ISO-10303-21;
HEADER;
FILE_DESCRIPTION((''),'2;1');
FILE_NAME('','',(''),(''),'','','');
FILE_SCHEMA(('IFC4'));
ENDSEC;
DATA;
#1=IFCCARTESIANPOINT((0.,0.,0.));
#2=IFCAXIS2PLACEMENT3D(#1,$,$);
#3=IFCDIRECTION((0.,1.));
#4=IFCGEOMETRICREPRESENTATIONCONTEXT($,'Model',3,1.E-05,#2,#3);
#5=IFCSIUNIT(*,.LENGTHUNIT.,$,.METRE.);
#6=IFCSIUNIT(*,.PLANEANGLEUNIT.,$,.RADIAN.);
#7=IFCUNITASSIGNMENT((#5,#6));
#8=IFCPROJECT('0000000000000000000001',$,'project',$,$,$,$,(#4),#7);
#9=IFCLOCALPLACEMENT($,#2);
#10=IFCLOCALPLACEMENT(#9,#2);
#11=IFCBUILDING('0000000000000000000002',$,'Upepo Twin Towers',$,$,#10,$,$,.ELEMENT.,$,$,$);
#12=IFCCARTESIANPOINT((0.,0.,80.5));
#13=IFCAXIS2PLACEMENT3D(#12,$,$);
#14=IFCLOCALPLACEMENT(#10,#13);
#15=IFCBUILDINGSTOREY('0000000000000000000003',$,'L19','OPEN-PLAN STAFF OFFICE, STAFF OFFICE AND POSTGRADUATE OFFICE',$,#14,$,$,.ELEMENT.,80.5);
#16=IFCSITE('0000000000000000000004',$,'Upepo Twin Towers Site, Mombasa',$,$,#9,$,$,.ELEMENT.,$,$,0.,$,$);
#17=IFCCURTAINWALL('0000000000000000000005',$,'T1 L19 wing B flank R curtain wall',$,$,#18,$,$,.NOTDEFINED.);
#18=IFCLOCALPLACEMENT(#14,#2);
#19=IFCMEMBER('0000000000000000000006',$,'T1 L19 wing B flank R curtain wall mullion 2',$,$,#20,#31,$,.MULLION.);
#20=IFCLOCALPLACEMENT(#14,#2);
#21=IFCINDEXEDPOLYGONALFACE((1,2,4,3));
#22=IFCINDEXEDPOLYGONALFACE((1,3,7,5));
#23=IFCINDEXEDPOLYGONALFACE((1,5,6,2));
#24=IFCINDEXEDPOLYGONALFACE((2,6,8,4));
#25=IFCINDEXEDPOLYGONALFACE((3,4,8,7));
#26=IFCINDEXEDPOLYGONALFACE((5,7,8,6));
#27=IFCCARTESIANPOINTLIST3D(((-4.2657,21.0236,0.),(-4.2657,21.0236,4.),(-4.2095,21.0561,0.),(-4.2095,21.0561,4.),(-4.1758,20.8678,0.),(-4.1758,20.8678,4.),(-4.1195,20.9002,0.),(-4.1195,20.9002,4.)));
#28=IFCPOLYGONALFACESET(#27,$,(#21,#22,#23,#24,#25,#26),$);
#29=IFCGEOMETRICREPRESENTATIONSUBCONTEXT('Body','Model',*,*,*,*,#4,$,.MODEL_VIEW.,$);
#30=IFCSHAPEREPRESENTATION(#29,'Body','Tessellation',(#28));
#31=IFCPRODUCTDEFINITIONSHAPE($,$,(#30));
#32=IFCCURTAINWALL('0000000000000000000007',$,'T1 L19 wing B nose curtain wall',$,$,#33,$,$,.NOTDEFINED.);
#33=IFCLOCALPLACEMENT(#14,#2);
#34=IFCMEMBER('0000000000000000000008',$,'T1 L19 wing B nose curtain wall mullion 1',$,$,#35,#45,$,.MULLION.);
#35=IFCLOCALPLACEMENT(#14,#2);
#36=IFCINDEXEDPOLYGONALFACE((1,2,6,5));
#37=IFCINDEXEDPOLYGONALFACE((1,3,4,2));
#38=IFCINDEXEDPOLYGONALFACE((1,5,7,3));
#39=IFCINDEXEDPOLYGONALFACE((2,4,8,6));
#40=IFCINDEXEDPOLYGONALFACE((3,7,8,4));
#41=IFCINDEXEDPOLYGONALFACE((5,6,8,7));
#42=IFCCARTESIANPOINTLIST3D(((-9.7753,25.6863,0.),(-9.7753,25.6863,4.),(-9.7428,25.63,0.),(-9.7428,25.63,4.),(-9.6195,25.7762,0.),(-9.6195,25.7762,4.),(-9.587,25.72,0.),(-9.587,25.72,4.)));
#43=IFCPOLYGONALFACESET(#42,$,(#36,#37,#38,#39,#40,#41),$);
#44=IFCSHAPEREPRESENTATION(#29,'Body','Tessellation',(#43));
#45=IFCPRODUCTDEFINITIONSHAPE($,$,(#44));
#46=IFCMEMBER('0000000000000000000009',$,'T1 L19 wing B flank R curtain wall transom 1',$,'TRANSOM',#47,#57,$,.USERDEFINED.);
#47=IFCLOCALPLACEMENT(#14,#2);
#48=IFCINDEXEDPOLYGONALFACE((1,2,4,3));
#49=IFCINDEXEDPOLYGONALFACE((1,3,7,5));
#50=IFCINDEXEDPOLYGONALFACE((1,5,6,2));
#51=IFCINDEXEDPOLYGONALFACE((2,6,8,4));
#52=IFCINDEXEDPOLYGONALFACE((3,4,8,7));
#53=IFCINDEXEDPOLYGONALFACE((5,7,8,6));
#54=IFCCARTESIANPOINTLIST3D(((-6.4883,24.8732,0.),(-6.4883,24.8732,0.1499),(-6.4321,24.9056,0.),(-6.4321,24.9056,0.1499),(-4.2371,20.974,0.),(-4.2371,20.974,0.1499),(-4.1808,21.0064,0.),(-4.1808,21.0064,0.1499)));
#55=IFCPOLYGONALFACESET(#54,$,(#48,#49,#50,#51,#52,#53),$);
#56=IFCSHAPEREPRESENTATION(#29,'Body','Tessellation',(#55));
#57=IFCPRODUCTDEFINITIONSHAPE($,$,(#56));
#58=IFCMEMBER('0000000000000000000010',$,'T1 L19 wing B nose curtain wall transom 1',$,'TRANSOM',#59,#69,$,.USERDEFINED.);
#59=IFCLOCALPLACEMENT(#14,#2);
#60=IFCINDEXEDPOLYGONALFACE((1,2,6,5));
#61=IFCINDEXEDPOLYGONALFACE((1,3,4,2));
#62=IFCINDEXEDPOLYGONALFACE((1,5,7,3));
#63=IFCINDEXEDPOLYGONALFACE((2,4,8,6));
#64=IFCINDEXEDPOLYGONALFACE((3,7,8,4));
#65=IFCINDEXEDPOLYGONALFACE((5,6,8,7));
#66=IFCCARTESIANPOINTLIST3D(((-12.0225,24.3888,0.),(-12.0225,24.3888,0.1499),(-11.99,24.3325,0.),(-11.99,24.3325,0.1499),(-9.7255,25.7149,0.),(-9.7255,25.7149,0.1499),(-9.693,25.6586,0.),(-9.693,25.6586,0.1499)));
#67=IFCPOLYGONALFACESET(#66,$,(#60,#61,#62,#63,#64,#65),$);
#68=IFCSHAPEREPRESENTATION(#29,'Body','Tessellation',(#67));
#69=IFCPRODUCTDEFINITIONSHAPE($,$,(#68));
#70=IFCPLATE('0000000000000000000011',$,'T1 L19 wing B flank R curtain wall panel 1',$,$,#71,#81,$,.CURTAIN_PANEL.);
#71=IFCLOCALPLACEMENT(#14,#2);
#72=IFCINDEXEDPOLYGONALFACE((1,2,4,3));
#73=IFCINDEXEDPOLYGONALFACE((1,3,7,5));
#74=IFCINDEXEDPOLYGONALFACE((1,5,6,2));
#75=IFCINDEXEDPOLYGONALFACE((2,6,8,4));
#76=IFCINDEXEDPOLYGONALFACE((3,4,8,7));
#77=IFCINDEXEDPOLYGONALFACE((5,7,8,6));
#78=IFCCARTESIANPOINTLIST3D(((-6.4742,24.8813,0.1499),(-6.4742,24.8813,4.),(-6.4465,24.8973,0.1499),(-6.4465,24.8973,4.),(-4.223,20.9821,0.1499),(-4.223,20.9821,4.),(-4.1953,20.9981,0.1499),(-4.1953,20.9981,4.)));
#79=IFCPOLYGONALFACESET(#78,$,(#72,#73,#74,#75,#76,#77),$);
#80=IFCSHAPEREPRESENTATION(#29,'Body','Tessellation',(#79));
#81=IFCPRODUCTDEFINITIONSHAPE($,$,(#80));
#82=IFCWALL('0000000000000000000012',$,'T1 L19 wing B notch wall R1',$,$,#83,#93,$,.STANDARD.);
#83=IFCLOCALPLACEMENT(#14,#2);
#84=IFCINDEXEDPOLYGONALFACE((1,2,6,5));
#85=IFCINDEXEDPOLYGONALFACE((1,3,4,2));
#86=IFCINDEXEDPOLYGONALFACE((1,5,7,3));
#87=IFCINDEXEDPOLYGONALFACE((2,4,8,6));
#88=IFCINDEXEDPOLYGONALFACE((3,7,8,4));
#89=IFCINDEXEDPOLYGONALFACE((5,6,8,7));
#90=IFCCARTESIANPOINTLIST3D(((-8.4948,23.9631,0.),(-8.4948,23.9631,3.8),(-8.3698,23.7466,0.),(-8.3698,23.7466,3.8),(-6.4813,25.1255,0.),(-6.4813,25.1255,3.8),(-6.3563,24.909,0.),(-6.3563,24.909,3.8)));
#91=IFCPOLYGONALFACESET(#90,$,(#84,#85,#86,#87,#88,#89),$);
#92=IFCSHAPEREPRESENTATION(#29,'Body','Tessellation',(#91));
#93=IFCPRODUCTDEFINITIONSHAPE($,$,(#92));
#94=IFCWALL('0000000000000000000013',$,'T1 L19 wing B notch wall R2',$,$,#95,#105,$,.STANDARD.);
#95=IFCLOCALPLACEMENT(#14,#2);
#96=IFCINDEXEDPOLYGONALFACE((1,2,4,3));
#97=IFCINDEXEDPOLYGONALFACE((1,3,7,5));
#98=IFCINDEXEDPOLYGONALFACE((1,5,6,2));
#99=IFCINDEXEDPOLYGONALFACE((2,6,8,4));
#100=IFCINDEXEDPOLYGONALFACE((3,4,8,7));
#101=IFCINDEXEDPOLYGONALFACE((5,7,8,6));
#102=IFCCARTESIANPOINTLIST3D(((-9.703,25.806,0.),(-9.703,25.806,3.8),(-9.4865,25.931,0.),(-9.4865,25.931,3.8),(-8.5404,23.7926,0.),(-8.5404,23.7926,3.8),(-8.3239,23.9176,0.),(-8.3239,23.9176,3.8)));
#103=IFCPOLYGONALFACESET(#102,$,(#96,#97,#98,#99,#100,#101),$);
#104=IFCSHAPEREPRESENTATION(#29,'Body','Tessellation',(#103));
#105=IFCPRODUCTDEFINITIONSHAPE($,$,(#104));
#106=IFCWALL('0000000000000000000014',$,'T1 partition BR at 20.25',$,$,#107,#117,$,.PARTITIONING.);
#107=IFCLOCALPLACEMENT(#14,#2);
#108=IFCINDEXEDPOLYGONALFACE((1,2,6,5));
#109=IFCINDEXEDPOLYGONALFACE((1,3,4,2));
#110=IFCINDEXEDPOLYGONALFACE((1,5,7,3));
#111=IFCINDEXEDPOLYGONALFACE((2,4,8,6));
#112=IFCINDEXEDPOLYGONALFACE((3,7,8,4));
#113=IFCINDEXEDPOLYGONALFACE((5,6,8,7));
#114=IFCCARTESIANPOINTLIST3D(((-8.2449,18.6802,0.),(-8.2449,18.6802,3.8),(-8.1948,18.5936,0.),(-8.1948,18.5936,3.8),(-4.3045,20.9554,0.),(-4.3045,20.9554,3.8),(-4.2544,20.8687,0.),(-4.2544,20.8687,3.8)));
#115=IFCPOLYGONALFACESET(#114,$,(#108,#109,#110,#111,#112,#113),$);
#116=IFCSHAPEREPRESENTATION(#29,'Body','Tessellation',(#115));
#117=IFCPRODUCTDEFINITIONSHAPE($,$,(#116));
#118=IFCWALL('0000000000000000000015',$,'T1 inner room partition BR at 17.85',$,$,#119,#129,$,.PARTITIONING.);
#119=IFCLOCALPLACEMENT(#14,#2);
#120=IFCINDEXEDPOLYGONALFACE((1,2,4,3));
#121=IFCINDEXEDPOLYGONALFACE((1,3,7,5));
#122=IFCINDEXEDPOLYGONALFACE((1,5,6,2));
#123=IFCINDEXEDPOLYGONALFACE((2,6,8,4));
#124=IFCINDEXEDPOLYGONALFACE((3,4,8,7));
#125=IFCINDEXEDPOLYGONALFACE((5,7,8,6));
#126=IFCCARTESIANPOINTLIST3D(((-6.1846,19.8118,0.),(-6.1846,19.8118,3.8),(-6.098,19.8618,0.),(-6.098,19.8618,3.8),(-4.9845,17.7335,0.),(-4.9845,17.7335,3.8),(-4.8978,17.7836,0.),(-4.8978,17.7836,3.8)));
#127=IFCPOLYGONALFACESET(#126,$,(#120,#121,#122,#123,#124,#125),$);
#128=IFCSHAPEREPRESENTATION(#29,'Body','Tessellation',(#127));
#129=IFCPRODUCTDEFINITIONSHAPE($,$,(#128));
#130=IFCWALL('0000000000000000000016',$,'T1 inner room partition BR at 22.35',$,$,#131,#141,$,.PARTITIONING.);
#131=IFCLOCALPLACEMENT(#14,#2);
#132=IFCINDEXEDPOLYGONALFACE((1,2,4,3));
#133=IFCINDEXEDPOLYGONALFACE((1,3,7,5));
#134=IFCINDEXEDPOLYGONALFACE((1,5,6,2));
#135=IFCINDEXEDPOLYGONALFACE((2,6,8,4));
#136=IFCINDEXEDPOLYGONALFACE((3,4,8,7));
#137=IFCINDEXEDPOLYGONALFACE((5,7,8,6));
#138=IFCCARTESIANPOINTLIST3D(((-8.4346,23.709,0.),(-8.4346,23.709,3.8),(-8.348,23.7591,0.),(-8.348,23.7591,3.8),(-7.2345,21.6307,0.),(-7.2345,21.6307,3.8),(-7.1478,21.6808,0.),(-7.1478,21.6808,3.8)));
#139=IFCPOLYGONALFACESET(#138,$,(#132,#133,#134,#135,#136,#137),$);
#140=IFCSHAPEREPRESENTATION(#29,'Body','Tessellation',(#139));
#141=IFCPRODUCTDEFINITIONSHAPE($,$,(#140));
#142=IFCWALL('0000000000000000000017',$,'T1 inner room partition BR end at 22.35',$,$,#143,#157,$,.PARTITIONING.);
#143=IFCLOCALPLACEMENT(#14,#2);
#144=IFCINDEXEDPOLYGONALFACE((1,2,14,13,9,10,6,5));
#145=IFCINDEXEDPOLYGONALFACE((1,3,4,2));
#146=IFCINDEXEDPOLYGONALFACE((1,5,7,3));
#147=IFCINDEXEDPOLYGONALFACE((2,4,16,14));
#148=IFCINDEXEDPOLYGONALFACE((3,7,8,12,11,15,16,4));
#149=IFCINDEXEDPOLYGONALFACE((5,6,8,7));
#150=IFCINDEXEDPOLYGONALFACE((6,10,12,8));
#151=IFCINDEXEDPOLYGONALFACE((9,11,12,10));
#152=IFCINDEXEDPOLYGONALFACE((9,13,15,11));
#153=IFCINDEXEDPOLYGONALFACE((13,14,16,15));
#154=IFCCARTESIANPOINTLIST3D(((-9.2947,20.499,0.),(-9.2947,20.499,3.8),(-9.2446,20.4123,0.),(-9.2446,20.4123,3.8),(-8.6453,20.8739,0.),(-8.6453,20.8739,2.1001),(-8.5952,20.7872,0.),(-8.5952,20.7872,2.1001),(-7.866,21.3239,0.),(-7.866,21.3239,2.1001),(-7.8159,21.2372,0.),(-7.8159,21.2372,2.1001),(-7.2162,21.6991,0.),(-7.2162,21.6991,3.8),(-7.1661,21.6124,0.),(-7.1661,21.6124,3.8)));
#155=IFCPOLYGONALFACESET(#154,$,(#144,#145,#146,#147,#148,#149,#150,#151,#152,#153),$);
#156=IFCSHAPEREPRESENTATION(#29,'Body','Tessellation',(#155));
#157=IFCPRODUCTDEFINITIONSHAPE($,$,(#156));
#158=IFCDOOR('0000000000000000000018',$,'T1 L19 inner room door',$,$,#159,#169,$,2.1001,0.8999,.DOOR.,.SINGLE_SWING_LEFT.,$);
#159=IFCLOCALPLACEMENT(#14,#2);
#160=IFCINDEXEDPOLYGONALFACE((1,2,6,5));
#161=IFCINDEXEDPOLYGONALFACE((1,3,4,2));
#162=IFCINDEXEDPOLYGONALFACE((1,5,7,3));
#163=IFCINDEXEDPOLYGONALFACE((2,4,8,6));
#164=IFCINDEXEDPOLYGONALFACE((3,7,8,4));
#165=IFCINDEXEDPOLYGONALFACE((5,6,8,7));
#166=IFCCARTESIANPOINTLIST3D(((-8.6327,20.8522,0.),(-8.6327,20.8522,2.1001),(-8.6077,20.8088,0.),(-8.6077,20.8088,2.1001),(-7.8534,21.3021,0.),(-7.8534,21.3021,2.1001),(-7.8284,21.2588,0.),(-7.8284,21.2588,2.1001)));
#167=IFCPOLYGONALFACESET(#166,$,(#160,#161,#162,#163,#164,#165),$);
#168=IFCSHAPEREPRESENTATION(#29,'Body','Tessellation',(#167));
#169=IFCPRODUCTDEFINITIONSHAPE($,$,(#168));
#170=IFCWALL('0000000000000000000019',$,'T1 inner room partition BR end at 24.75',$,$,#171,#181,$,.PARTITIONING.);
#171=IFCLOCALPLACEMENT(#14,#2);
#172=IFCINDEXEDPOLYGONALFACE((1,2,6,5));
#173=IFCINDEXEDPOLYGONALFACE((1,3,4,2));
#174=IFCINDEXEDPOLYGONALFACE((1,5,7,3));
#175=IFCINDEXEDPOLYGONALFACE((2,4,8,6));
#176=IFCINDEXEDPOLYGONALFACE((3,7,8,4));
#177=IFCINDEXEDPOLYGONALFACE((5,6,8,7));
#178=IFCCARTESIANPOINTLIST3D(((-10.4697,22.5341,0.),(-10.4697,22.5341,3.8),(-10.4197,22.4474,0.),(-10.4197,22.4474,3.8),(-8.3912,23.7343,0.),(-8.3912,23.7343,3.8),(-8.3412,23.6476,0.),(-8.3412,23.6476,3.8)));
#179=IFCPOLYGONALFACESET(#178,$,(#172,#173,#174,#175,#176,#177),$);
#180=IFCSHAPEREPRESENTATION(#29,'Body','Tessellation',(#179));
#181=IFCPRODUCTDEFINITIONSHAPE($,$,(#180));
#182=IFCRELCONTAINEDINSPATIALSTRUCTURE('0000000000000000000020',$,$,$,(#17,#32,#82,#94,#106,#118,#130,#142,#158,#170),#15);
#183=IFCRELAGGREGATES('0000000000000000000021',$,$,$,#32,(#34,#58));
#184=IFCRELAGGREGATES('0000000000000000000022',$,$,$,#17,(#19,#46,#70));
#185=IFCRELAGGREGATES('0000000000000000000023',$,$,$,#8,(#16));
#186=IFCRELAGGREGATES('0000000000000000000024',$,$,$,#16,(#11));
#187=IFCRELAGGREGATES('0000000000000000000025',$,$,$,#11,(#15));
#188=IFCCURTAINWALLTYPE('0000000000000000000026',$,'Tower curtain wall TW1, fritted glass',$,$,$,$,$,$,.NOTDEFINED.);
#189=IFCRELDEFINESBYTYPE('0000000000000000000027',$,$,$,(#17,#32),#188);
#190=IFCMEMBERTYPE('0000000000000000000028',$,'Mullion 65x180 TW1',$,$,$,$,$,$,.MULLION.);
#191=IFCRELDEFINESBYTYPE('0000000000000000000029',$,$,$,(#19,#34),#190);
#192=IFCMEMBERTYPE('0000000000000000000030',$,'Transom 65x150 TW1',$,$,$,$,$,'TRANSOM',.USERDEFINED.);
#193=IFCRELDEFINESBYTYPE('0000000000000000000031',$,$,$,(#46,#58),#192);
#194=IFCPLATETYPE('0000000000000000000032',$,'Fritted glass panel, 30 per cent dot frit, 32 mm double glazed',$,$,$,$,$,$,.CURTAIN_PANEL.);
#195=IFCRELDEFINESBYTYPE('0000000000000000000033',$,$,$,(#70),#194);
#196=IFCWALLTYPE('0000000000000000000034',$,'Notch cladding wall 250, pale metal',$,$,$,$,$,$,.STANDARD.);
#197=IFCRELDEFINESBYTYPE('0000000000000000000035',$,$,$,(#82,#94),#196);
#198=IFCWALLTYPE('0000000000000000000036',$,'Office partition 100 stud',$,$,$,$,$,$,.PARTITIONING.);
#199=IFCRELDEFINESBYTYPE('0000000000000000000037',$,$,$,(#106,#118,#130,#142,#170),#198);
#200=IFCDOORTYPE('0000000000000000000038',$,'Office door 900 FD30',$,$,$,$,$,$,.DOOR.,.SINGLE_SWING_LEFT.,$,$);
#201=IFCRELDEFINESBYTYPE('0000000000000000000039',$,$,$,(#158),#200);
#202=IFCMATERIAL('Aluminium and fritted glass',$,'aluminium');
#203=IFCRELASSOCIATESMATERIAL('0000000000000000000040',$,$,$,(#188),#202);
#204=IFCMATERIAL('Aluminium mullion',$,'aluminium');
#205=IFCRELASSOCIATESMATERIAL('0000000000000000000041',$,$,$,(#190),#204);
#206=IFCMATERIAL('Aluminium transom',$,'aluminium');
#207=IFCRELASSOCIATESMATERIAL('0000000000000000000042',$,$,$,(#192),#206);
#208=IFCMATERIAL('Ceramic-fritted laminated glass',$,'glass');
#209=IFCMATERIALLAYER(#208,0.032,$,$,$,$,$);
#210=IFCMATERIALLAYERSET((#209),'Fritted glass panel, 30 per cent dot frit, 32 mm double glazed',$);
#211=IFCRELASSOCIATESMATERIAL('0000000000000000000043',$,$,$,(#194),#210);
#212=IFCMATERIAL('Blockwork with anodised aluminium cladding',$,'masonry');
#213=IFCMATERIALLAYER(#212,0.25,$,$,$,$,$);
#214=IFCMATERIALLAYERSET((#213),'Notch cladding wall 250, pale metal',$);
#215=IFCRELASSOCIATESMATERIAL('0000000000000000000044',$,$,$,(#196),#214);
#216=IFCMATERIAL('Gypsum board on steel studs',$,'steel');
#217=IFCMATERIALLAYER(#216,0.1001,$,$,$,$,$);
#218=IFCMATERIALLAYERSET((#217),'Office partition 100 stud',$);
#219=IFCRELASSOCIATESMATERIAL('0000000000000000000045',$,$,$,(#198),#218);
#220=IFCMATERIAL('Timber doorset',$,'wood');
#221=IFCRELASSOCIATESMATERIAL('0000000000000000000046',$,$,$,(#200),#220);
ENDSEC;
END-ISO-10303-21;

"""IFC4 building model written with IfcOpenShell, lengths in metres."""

from ifc_helpers import new_model, si_unit, direction, frame, frame_2d, origin, origin_2d, place, context, subcontext, project, spatial, rectangle, extrude, material, layer, layer_set, material_profile, profile_set, type_object, element, fill, aggregate, save


model = new_model("IFC4")

# Units and contexts
model_context = context("Model", 3, precision=1e-05, world=origin(), true_north=direction((0.0, 1.0)))
body_context = subcontext(model_context, "Body", "Model", "MODEL_VIEW")
ifc_project = project(units=[si_unit("LENGTHUNIT", "METRE"), si_unit("PLANEANGLEUNIT", "RADIAN")], contexts=[model_context])

# Site, building, storey
site_placement = place(None, origin())
site = spatial("IfcSite", under=ifc_project, at=site_placement, Name="Upepo Twin Towers Site, Mombasa", CompositionType="ELEMENT", RefElevation=0.0)
building_placement = place(site_placement, origin())
building = spatial("IfcBuilding", under=site, at=building_placement, Name="Upepo Twin Towers", CompositionType="ELEMENT")
storey_placement = place(building_placement, frame((0.0, 0.0, 80.5)))
storey = spatial("IfcBuildingStorey", under=building, at=storey_placement, Name="L19", Description="OPEN-PLAN STAFF OFFICE, STAFF OFFICE AND POSTGRADUATE OFFICE", CompositionType="ELEMENT", Elevation=80.5)

# Curtain wall, member
ifc_material_1 = material(Name="Aluminium and fritted glass", Category="aluminium")
curtain_wall_type = type_object("IfcCurtainWallType", Name="Tower curtain wall TW1, fritted glass", PredefinedType="NOTDEFINED", material=ifc_material_1)
curtain_wall_1_placement = place(storey_placement, origin())
curtain_wall_1 = element("IfcCurtainWall", 1, at=curtain_wall_1_placement, inside=storey, type_object=curtain_wall_type, Name="T1 L19 wing B flank R curtain wall", PredefinedType="NOTDEFINED")
ifc_material_2 = material(Name="Aluminium mullion", Category="aluminium")
ifc_material_profile_1 = material_profile(ifc_material_2, rectangle(XDim=0.0649, YDim=0.1799, at=origin_2d()), Name="MULLION 65x180")
ifc_profile_set_1 = profile_set([ifc_material_profile_1], Name="Aluminium mullion")
member_type_1 = type_object("IfcMemberType", Name="Mullion 65x180 TW1", PredefinedType="MULLION", material=ifc_profile_set_1)
member_1_placement = place(storey_placement, frame((-4.1926, 20.9619, 0.0), z_axis=(0.0, 0.0, 1.0), x_axis=(0.866025, 0.5, 0.0)))
member_1 = element("IfcMember", 2, at=member_1_placement, type_object=member_type_1, Name="T1 L19 wing B flank R curtain wall mullion 2", PredefinedType="MULLION", context=body_context, shape_type="SweptSolid", body=[
    extrude(rectangle(XDim=0.0649, YDim=0.1799, at=origin_2d()), origin(), (0.0, 0.0, 1.0), 4.0),
])

# Curtain wall, member
curtain_wall_2_placement = place(storey_placement, origin())
curtain_wall_2 = element("IfcCurtainWall", 3, at=curtain_wall_2_placement, inside=storey, type_object=curtain_wall_type, Name="T1 L19 wing B nose curtain wall", PredefinedType="NOTDEFINED")
member_2_placement = place(storey_placement, frame((-9.6812, 25.7031, 0.0), z_axis=(0.0, 0.0, 1.0), x_axis=(0.5, -0.866025, 0.0)))
member_2 = element("IfcMember", 4, at=member_2_placement, type_object=member_type_1, Name="T1 L19 wing B nose curtain wall mullion 1", PredefinedType="MULLION", context=body_context, shape_type="SweptSolid", body=[
    extrude(rectangle(XDim=0.0649, YDim=0.1799, at=origin_2d()), origin(), (0.0, 0.0, 1.0), 4.0),
])

# Members
ifc_material_3 = material(Name="Aluminium transom", Category="aluminium")
ifc_material_profile_2 = material_profile(ifc_material_3, rectangle(XDim=0.0649, YDim=0.1499, at=origin_2d()), Name="TRANSOM 65x150")
ifc_profile_set_2 = profile_set([ifc_material_profile_2], Name="Aluminium transom")
member_type_2 = type_object("IfcMemberType", Name="Transom 65x150 TW1", ElementType="TRANSOM", PredefinedType="USERDEFINED", material=ifc_profile_set_2)
member_3_placement = place(storey_placement, frame((-6.4602, 24.8894, 0.075), z_axis=(0.500006, -0.866022, 0.0), x_axis=(0.866022, 0.500006, 0.0)))
member_3 = element("IfcMember", 5, at=member_3_placement, type_object=member_type_2, Name="T1 L19 wing B flank R curtain wall transom 1", ObjectType="TRANSOM", PredefinedType="USERDEFINED", context=body_context, shape_type="SweptSolid", body=[
    extrude(rectangle(XDim=0.0649, YDim=0.1499, at=origin_2d()), origin(), (0.0, 0.0, 1.0), 4.5024),
])
member_4_placement = place(storey_placement, frame((-9.7092, 25.6868, 0.075), z_axis=(-0.866037, -0.49998, 0.0), x_axis=(0.49998, -0.866037, 0.0)))
member_4 = element("IfcMember", 6, at=member_4_placement, type_object=member_type_2, Name="T1 L19 wing B nose curtain wall transom 1", ObjectType="TRANSOM", PredefinedType="USERDEFINED", context=body_context, shape_type="SweptSolid", body=[
    extrude(rectangle(XDim=0.0649, YDim=0.1499, at=origin_2d()), origin(), (0.0, 0.0, 1.0), 2.6523),
])
aggregate(curtain_wall_2, [member_2, member_4])

# Plate
ifc_material_4 = material(Name="Ceramic-fritted laminated glass", Category="glass")
ifc_layer_1 = layer(ifc_material_4, 0.032)
ifc_layer_set_1 = layer_set([ifc_layer_1], Name="Fritted glass panel, 30 per cent dot frit, 32 mm double glazed")
plate_type = type_object("IfcPlateType", Name="Fritted glass panel, 30 per cent dot frit, 32 mm double glazed", PredefinedType="CURTAIN_PANEL", material=ifc_layer_set_1)
plate_placement = place(storey_placement, frame((-5.3347, 22.9397, 0.1499), z_axis=(0.0, 0.0, 1.0), x_axis=(0.5, -0.866025, 0.0)))
plate = element("IfcPlate", 7, at=plate_placement, type_object=plate_type, Name="T1 L19 wing B flank R curtain wall panel 1", PredefinedType="CURTAIN_PANEL", context=body_context, shape_type="SweptSolid", body=[
    extrude(rectangle(XDim=4.5024, YDim=0.032, at=origin_2d()), origin(), (0.0, 0.0, 1.0), 3.8501),
])
aggregate(curtain_wall_1, [member_1, member_3, plate])

# Walls
ifc_material_5 = material(Name="Blockwork with anodised aluminium cladding", Category="masonry")
ifc_layer_2 = layer(ifc_material_5, 0.25)
ifc_layer_set_2 = layer_set([ifc_layer_2], Name="Notch cladding wall 250, pale metal")
wall_type_1 = type_object("IfcWallType", Name="Notch cladding wall 250, pale metal", PredefinedType="STANDARD", material=ifc_layer_set_2)
for number, where, z_axis, x_axis, name in (
    (8, (-6.4187, 25.0173, 0.0), (0.0, 0.0, 1.0), (-0.866044, -0.499968, 0.0), "T1 L19 wing B notch wall R1"),
    (9, (-8.4321, 23.855, 0.0), (0.0, 0.0, 1.0), (-0.500047, 0.865998, 0.0), "T1 L19 wing B notch wall R2"),
):
    element("IfcWall", number, at=place(storey_placement, frame(where, z_axis=z_axis, x_axis=x_axis)), inside=storey, type_object=wall_type_1, Name=name, PredefinedType="STANDARD", context=body_context, shape_type="SweptSolid", body=[
        extrude(rectangle(XDim=2.325, YDim=0.25, at=frame_2d((1.1626, 0.0))), origin(), (0.0, 0.0, 1.0), 3.8),
    ])
ifc_material_6 = material(Name="Gypsum board on steel studs", Category="steel")
ifc_layer_3 = layer(ifc_material_6, 0.1001)
ifc_layer_set_3 = layer_set([ifc_layer_3], Name="Office partition 100 stud")
wall_type_2 = type_object("IfcWallType", Name="Office partition 100 stud", PredefinedType="PARTITIONING", material=ifc_layer_set_3)
wall_1_placement = place(storey_placement, frame((-8.2197, 18.637, 0.0), z_axis=(0.0, 0.0, 1.0), x_axis=(0.866012, 0.500023, 0.0)))
element("IfcWall", 10, at=wall_1_placement, inside=storey, type_object=wall_type_2, Name="T1 partition BR at 20.25", PredefinedType="PARTITIONING", context=body_context, shape_type="SweptSolid", body=[
    extrude(rectangle(XDim=4.55, YDim=0.1001, at=frame_2d((2.2749, 0.0))), origin(), (0.0, 0.0, 1.0), 3.8),
])
for number, where, z_axis, x_axis, name in (
    (11, (-4.9412, 17.7585, 0.0), (0.0, 0.0, 1.0), (-0.500078, 0.865981, 0.0), "T1 inner room partition BR at 17.85"),
    (12, (-7.1912, 21.6558, 0.0), (0.0, 0.0, 1.0), (-0.500078, 0.865981, 0.0), "T1 inner room partition BR at 22.35"),
):
    element("IfcWall", number, at=place(storey_placement, frame(where, z_axis=z_axis, x_axis=x_axis)), inside=storey, type_object=wall_type_2, Name=name, PredefinedType="PARTITIONING", context=body_context, shape_type="SweptSolid", body=[
        extrude(rectangle(XDim=2.3999, YDim=0.1001, at=frame_2d((1.2, 0.0))), origin(), (0.0, 0.0, 1.0), 3.8),
    ])

# Wall, opening, door
wall_2_placement = place(storey_placement, frame((-9.2698, 20.4556, 0.0), z_axis=(0.0, 0.0, 1.0), x_axis=(0.866006, 0.500034, 0.0)))
wall_2 = element("IfcWall", 13, at=wall_2_placement, inside=storey, type_object=wall_type_2, Name="T1 inner room partition BR end at 22.35", PredefinedType="PARTITIONING", context=body_context, shape_type="SweptSolid", body=[
    extrude(rectangle(XDim=2.4001, YDim=0.1001, at=frame_2d((1.2002, 0.0))), origin(), (0.0, 0.0, 1.0), 3.8),
])
opening_1_placement = place(wall_2_placement, frame((0.75, 0.0, 0.0)))
opening_1 = element("IfcOpeningElement", 14, at=opening_1_placement, cuts=wall_2, PredefinedType="OPENING", context=body_context, shape_type="SweptSolid", body=[
    extrude(rectangle(XDim=0.8999, YDim=2.1001, at=frame_2d((0.45, 1.05))), frame((0.0, 0.0601, 0.0), z_axis=(0.0, -1.0, 0.0), x_axis=(1.0, 0.0, 0.0)), (0.0, 0.0, 1.0), 0.1201),
])
ifc_material_7 = material(Name="Timber doorset", Category="wood")
door_type_1 = type_object("IfcDoorType", Name="Office door 900 FD30", OperationType="SINGLE_SWING_LEFT", PredefinedType="DOOR", material=ifc_material_7)
door_1_placement = place(opening_1_placement, origin())
door_1 = element("IfcDoor", 15, at=door_1_placement, inside=storey, type_object=door_type_1, Name="T1 L19 inner room door", OperationType="SINGLE_SWING_LEFT", OverallHeight=2.1001, OverallWidth=0.8999, PredefinedType="DOOR", context=body_context, shape_type="SweptSolid", body=[
    extrude(rectangle(XDim=0.8999, YDim=2.1001, at=frame_2d((0.45, 1.05))), frame((0.0, 0.0249, 0.0), z_axis=(0.0, -1.0, 0.0), x_axis=(1.0, 0.0, 0.0)), (0.0, 0.0, 1.0), 0.05),
])
fill(opening_1, door_1)

# Wall
wall_3_placement = place(storey_placement, frame((-10.4448, 22.4907, 0.0), z_axis=(0.0, 0.0, 1.0), x_axis=(0.866006, 0.500034, 0.0)))
element("IfcWall", 16, at=wall_3_placement, inside=storey, type_object=wall_type_2, Name="T1 inner room partition BR end at 24.75", PredefinedType="PARTITIONING", context=body_context, shape_type="SweptSolid", body=[
    extrude(rectangle(XDim=2.4001, YDim=0.1001, at=frame_2d((1.2002, 0.0))), origin(), (0.0, 0.0, 1.0), 3.8),
])

save(model, "model.ifc")
